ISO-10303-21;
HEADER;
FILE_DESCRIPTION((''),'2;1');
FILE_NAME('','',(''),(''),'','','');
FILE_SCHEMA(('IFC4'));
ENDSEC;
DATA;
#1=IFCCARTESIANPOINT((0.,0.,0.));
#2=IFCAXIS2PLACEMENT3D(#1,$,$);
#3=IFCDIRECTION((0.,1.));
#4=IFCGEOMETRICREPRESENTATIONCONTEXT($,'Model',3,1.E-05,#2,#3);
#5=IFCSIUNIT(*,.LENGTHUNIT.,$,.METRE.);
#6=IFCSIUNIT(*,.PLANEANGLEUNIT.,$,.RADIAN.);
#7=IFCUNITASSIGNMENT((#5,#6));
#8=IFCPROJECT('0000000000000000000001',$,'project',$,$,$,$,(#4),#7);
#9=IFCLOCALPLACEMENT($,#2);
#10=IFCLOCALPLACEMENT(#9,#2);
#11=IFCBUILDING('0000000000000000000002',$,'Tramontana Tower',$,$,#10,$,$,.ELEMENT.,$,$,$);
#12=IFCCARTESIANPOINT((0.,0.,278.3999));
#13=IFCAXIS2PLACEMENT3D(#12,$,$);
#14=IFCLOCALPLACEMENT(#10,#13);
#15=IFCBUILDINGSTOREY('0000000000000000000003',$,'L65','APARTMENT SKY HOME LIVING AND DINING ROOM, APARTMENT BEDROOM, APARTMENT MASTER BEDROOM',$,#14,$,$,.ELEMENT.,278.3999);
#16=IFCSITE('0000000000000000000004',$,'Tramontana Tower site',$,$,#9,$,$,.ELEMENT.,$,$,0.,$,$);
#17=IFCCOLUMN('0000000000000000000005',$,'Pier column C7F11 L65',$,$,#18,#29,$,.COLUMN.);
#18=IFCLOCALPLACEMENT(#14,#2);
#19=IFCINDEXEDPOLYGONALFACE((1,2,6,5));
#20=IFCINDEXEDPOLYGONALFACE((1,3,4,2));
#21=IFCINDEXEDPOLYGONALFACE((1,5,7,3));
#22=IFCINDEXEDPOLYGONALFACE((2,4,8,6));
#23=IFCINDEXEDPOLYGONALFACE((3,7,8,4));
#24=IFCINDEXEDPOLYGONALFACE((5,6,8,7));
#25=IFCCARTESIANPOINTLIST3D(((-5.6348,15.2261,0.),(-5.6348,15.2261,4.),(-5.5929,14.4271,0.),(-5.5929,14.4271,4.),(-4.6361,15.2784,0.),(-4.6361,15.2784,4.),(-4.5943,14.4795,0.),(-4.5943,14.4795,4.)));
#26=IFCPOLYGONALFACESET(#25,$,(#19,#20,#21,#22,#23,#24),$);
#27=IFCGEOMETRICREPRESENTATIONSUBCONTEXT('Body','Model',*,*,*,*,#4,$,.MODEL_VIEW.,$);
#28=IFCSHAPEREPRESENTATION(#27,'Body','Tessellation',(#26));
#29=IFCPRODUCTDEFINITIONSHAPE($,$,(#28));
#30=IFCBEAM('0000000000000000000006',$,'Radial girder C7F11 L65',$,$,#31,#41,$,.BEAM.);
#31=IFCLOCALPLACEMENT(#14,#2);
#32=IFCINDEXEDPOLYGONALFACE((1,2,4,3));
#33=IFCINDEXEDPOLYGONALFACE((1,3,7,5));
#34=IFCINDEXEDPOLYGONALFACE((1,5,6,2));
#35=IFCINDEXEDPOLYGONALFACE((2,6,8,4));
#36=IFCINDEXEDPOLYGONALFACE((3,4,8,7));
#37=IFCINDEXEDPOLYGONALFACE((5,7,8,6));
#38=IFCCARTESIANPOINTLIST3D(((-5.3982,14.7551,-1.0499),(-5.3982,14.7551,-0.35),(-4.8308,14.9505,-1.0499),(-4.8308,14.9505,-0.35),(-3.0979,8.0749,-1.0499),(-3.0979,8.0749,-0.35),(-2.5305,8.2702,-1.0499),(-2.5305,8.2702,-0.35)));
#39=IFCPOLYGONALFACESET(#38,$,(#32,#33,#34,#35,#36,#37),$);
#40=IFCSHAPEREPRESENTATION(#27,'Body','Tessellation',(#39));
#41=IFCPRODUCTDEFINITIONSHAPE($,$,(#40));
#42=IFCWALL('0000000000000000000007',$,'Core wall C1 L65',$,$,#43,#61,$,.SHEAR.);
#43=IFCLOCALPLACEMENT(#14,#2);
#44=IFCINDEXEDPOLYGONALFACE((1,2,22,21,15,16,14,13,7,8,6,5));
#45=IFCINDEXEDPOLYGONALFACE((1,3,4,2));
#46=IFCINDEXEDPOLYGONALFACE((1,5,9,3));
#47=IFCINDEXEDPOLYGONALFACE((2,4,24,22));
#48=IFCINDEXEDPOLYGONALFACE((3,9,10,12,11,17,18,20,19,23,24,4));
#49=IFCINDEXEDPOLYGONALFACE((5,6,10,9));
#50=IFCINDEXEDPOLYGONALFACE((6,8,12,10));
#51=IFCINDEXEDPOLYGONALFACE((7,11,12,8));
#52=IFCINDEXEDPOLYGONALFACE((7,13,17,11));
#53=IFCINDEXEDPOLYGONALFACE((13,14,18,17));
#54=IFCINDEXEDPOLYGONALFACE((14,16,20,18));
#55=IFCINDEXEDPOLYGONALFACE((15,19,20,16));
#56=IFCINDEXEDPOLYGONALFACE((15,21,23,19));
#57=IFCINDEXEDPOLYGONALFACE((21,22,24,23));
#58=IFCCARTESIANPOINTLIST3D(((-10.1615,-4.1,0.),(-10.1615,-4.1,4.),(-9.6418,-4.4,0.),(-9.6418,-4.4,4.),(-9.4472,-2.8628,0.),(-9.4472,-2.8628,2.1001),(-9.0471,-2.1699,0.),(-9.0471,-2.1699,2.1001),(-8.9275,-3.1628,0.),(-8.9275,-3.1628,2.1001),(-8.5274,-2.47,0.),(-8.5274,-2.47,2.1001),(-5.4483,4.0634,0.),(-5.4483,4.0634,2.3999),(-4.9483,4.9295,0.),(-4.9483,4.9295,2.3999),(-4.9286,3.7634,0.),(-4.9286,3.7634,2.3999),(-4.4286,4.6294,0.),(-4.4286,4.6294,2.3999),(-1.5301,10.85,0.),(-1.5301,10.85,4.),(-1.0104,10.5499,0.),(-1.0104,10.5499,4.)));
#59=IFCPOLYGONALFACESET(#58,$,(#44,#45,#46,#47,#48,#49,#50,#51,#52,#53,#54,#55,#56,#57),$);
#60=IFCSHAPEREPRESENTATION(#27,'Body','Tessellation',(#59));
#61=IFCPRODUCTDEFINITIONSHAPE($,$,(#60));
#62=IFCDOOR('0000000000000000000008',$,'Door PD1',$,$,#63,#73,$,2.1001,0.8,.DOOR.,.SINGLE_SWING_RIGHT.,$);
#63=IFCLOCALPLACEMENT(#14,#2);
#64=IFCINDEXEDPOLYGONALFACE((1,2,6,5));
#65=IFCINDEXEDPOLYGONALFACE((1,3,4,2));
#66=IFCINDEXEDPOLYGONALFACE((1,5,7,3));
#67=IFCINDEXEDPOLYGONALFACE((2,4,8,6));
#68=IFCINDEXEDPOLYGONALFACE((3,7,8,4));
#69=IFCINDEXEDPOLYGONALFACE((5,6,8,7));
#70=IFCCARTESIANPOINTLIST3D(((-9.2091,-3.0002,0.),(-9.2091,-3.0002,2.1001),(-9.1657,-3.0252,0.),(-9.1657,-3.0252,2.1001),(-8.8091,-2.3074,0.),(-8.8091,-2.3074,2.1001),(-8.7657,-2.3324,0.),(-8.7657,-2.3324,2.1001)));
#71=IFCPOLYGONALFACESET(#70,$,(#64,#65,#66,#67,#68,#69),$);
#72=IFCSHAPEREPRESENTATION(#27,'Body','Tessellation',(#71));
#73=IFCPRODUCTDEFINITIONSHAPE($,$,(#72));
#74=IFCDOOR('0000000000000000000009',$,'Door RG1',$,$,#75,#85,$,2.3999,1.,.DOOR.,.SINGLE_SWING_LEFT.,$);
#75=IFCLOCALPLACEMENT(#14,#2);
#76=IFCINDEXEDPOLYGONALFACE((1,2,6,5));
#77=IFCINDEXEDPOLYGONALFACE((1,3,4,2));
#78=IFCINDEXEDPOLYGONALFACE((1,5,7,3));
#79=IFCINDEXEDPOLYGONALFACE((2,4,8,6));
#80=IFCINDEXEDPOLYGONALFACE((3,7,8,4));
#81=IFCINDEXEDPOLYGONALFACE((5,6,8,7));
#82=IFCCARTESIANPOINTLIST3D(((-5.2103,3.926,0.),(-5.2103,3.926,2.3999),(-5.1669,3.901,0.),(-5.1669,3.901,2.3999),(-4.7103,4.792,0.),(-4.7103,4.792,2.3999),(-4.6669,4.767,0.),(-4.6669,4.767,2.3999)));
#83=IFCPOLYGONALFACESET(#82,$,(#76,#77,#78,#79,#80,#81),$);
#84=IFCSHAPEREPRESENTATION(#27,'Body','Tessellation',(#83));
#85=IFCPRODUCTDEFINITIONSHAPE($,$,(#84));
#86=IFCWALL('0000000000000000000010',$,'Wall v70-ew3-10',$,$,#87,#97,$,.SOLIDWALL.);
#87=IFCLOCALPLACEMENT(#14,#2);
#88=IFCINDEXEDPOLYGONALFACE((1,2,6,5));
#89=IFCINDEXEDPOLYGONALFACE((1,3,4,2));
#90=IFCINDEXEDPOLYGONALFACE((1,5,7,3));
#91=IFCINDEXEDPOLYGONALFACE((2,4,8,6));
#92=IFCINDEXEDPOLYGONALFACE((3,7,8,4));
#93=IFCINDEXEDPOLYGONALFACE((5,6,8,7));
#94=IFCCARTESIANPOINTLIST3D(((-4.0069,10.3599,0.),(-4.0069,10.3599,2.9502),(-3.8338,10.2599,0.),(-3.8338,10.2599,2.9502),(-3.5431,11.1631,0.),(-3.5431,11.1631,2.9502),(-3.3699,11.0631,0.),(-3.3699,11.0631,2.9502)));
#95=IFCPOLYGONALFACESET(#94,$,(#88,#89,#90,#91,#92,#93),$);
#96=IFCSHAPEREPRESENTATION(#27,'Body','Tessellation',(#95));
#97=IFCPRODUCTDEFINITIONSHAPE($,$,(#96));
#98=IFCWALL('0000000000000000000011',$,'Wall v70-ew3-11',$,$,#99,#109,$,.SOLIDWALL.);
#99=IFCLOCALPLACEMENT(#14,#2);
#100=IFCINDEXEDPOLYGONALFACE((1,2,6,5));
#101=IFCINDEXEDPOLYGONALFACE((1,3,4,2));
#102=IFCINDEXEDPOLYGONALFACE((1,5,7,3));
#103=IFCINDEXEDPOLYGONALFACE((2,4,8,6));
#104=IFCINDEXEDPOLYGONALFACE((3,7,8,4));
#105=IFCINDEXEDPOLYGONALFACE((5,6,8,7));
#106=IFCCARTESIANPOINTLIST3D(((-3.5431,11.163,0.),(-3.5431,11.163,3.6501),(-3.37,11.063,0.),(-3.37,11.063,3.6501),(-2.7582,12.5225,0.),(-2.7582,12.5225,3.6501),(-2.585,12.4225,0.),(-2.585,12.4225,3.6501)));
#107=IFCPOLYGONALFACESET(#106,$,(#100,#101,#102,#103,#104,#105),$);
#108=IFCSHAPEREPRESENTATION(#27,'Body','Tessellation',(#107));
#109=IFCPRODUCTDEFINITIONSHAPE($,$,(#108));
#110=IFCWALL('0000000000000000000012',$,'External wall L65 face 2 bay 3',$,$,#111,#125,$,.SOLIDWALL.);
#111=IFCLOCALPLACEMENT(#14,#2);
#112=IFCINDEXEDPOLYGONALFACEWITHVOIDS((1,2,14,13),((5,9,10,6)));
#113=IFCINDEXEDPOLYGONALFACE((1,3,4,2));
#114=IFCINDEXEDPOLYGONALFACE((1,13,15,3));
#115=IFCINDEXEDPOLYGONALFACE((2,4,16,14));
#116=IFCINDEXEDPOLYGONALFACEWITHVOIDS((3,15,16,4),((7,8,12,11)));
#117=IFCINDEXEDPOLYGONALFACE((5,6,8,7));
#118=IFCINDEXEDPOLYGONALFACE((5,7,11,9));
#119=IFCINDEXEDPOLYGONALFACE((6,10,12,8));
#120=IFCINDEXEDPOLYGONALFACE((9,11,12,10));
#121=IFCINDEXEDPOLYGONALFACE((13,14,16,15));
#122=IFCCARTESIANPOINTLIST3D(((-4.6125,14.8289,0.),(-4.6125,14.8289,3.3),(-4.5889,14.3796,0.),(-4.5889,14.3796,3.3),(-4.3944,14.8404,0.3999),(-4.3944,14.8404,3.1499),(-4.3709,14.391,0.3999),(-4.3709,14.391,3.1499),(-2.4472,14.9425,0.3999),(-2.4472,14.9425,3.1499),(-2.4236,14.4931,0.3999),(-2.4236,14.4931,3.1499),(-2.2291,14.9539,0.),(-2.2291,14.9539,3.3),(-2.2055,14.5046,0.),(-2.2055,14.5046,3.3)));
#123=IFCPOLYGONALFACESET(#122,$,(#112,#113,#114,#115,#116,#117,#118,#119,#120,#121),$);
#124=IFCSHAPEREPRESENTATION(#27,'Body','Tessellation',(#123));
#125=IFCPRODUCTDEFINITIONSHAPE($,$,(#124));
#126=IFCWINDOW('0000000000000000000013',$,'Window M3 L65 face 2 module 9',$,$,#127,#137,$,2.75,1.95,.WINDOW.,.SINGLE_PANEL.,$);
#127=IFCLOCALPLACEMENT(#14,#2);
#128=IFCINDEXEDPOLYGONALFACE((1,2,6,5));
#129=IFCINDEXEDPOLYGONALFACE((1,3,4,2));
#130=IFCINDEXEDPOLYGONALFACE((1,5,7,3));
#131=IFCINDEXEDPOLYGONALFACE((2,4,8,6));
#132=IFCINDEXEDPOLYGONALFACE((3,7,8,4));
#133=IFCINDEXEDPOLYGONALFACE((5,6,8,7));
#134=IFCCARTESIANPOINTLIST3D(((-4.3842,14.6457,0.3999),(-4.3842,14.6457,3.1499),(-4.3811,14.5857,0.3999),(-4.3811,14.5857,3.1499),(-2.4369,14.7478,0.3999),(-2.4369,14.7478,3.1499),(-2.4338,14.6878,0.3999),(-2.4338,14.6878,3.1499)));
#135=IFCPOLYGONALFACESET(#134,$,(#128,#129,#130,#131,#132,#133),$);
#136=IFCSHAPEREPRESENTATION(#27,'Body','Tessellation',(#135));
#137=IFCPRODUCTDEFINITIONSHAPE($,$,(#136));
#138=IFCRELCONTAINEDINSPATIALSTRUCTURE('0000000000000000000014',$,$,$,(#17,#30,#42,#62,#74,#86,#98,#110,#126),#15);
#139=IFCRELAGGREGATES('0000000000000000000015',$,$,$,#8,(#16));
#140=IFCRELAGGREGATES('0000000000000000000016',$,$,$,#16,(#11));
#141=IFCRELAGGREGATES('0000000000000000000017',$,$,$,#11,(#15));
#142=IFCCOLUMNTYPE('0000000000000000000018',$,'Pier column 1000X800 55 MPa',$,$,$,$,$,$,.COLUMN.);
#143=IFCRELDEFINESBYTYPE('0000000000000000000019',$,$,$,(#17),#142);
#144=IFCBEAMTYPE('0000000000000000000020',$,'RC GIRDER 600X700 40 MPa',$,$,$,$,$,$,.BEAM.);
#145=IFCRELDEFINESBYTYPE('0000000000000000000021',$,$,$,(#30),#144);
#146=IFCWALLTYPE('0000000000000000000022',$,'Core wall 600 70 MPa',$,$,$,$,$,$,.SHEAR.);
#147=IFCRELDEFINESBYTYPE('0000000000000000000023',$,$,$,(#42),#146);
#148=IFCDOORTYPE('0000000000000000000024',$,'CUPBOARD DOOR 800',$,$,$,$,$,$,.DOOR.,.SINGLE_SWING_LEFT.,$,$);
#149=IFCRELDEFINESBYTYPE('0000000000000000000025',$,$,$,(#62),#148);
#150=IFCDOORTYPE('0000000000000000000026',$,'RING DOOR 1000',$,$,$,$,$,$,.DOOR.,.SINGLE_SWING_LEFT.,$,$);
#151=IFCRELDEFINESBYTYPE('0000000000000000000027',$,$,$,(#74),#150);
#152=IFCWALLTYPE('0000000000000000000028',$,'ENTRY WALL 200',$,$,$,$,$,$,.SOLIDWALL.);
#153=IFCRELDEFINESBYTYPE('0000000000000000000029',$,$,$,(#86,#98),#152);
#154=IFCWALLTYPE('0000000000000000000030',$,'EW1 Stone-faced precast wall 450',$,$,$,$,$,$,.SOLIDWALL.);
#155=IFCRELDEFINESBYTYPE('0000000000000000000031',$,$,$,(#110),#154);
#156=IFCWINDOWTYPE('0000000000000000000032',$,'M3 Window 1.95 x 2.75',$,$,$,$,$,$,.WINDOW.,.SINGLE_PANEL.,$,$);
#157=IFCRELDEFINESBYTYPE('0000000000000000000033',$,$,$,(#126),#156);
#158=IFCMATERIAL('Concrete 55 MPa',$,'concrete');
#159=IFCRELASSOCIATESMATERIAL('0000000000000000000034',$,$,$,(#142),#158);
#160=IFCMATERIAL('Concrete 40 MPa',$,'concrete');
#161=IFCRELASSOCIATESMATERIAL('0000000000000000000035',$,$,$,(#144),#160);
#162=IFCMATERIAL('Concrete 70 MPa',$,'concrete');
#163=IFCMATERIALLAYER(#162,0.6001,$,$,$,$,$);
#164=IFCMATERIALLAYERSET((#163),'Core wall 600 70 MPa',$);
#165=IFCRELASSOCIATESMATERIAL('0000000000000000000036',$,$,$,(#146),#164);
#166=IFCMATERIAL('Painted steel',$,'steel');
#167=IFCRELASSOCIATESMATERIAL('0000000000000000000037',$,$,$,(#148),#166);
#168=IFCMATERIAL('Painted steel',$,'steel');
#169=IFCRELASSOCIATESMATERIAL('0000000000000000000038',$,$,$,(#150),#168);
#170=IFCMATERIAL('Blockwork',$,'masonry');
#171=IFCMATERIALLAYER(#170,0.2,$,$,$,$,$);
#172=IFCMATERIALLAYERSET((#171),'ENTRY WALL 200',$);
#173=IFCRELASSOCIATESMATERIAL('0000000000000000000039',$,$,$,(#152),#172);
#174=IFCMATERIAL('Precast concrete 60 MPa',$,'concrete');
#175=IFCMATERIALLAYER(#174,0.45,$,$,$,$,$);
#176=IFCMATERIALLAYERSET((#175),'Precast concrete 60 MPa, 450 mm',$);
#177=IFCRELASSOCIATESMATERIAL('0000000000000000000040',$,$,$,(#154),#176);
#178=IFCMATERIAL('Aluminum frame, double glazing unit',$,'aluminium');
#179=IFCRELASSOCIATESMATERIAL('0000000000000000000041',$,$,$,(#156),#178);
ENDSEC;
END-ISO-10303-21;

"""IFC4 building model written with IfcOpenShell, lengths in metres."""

from ifc_helpers import new_model, si_unit, direction, frame, frame_2d, origin, origin_2d, place, context, subcontext, project, spatial, rectangle, extrude, material, layer, layer_set, material_profile, profile_set, type_object, element, fill, save


model = new_model("IFC4")

# Units and contexts
model_context = context("Model", 3, precision=1e-05, world=origin(), true_north=direction((0.0, 1.0)))
body_context = subcontext(model_context, "Body", "Model", "MODEL_VIEW")
ifc_project = project(units=[si_unit("LENGTHUNIT", "METRE"), si_unit("PLANEANGLEUNIT", "RADIAN")], contexts=[model_context])

# Site, building, storey
site_placement = place(None, origin())
site = spatial("IfcSite", under=ifc_project, at=site_placement, Name="Tramontana Tower site", CompositionType="ELEMENT", RefElevation=0.0)
building_placement = place(site_placement, origin())
building = spatial("IfcBuilding", under=site, at=building_placement, Name="Tramontana Tower", CompositionType="ELEMENT")
storey_placement = place(building_placement, frame((0.0, 0.0, 278.3999)))
storey = spatial("IfcBuildingStorey", under=building, at=storey_placement, Name="L65", Description="APARTMENT SKY HOME LIVING AND DINING ROOM, APARTMENT BEDROOM, APARTMENT MASTER BEDROOM", CompositionType="ELEMENT", Elevation=278.3999)

# Column
ifc_material_1 = material(Name="Concrete 55 MPa", Category="concrete")
ifc_material_profile_1 = material_profile(ifc_material_1, rectangle(XDim=1.0, YDim=0.8, at=origin_2d()), Name="Pier column 1000X800 55 MPa")
ifc_profile_set_1 = profile_set([ifc_material_profile_1], Name="Concrete 55 MPa")
column_type = type_object("IfcColumnType", Name="Pier column 1000X800 55 MPa", PredefinedType="COLUMN", material=ifc_profile_set_1)
column_placement = place(storey_placement, frame((-5.1145, 14.8528, 0.0), z_axis=(0.0, 0.0, 1.0), x_axis=(-0.99863, -0.052336, 0.0)))
element("IfcColumn", 1, at=column_placement, inside=storey, type_object=column_type, Name="Pier column C7F11 L65", PredefinedType="COLUMN", context=body_context, shape_type="SweptSolid", body=[
    extrude(rectangle(XDim=1.0, YDim=0.8, at=origin_2d()), origin(), (0.0, 0.0, 1.0), 4.0),
])

# Beam
ifc_material_2 = material(Name="Concrete 40 MPa", Category="concrete")
ifc_material_profile_2 = material_profile(ifc_material_2, rectangle(XDim=0.6001, YDim=0.7, at=origin_2d()), Name="RC GIRDER 600X700 40 MPa")
ifc_profile_set_2 = profile_set([ifc_material_profile_2], Name="Concrete 40 MPa")
beam_type = type_object("IfcBeamType", Name="RC GIRDER 600X700 40 MPa", PredefinedType="BEAM", material=ifc_profile_set_2)
beam_placement = place(storey_placement, frame((-5.1145, 14.8528, -0.7), z_axis=(0.325584, -0.945513, 0.0), x_axis=(0.945513, 0.325584, 0.0)))
element("IfcBeam", 2, at=beam_placement, inside=storey, type_object=beam_type, Name="Radial girder C7F11 L65", PredefinedType="BEAM", context=body_context, shape_type="SweptSolid", body=[
    extrude(rectangle(XDim=0.6001, YDim=0.7, at=origin_2d()), origin(), (0.0, 0.0, 1.0), 7.0652),
])

# Wall, openings, doors
ifc_material_3 = material(Name="Concrete 70 MPa", Category="concrete")
ifc_layer_1 = layer(ifc_material_3, 0.6001)
ifc_layer_set_1 = layer_set([ifc_layer_1], Name="Core wall 600 70 MPa")
wall_type_1 = type_object("IfcWallType", Name="Core wall 600 70 MPa", PredefinedType="SHEAR", material=ifc_layer_set_1)
wall_1_placement = place(storey_placement, frame((-1.2703, 10.7, 0.0), z_axis=(0.0, 0.0, 1.0), x_axis=(-0.5, -0.866026, 0.0)))
wall_1 = element("IfcWall", 3, at=wall_1_placement, inside=storey, type_object=wall_type_1, Name="Core wall C1 L65", PredefinedType="SHEAR", context=body_context, shape_type="SweptSolid", body=[
    extrude(rectangle(XDim=17.2627, YDim=0.6001, at=frame_2d((8.6313, 0.0))), origin(), (0.0, 0.0, 1.0), 4.0),
])
opening_1_placement = place(wall_1_placement, frame((6.8364, 0.0, 0.0)))
opening_1 = element("IfcOpeningElement", 4, at=opening_1_placement, cuts=wall_1, PredefinedType="OPENING", context=body_context, shape_type="SweptSolid", body=[
    extrude(rectangle(XDim=1.0, YDim=2.3999, at=frame_2d((0.5, 1.2))), frame((0.0, 0.3101, 0.0), z_axis=(0.0, -1.0, 0.0), x_axis=(1.0, 0.0, 0.0)), (0.0, 0.0, 1.0), 0.6201),
])
opening_2_placement = place(wall_1_placement, frame((15.0342, 0.0, 0.0)))
opening_2 = element("IfcOpeningElement", 5, at=opening_2_placement, cuts=wall_1, PredefinedType="OPENING", context=body_context, shape_type="SweptSolid", body=[
    extrude(rectangle(XDim=0.8, YDim=2.1001, at=frame_2d((0.3999, 1.05))), frame((0.0, 0.3101, 0.0), z_axis=(0.0, -1.0, 0.0), x_axis=(1.0, 0.0, 0.0)), (0.0, 0.0, 1.0), 0.6201),
])
ifc_material_4 = material(Name="Painted steel", Category="steel")
door_type_1 = type_object("IfcDoorType", Name="CUPBOARD DOOR 800", OperationType="SINGLE_SWING_LEFT", PredefinedType="DOOR", material=ifc_material_4)
door_1_placement = place(opening_2_placement, origin())
door_1 = element("IfcDoor", 6, at=door_1_placement, inside=storey, type_object=door_type_1, Name="Door PD1", OperationType="SINGLE_SWING_RIGHT", OverallHeight=2.1001, OverallWidth=0.8, PredefinedType="DOOR", context=body_context, shape_type="SweptSolid", body=[
    extrude(rectangle(XDim=0.8, YDim=2.1001, at=frame_2d((0.3999, 1.05))), frame((0.0, 0.0249, 0.0), z_axis=(0.0, -1.0, 0.0), x_axis=(1.0, 0.0, 0.0)), (0.0, 0.0, 1.0), 0.05),
])
fill(opening_2, door_1)
ifc_material_5 = material(Name="Painted steel", Category="steel")
door_type_2 = type_object("IfcDoorType", Name="RING DOOR 1000", OperationType="SINGLE_SWING_LEFT", PredefinedType="DOOR", material=ifc_material_5)
door_2_placement = place(opening_1_placement, origin())
door_2 = element("IfcDoor", 7, at=door_2_placement, inside=storey, type_object=door_type_2, Name="Door RG1", OperationType="SINGLE_SWING_LEFT", OverallHeight=2.3999, OverallWidth=1.0, PredefinedType="DOOR", context=body_context, shape_type="SweptSolid", body=[
    extrude(rectangle(XDim=1.0, YDim=2.3999, at=frame_2d((0.5, 1.2))), frame((0.0, 0.0249, 0.0), z_axis=(0.0, -1.0, 0.0), x_axis=(1.0, 0.0, 0.0)), (0.0, 0.0, 1.0), 0.05),
])
fill(opening_1, door_2)

# Walls
ifc_material_6 = material(Name="Blockwork", Category="masonry")
ifc_layer_2 = layer(ifc_material_6, 0.2)
ifc_layer_set_2 = layer_set([ifc_layer_2], Name="ENTRY WALL 200")
wall_type_2 = type_object("IfcWallType", Name="ENTRY WALL 200", PredefinedType="SOLIDWALL", material=ifc_layer_set_2)
wall_2_placement = place(storey_placement, frame((-3.9204, 10.3098, 0.0), z_axis=(0.0, 0.0, 1.0), x_axis=(0.500102, 0.865966, 0.0)))
element("IfcWall", 8, at=wall_2_placement, inside=storey, type_object=wall_type_2, Name="Wall v70-ew3-10", PredefinedType="SOLIDWALL", context=body_context, shape_type="SweptSolid", body=[
    extrude(rectangle(XDim=0.9275, YDim=0.2, at=frame_2d((0.4639, 0.0))), origin(), (0.0, 0.0, 1.0), 2.9502),
])
wall_3_placement = place(storey_placement, frame((-3.4565, 11.113, 0.0), z_axis=(0.0, 0.0, 1.0), x_axis=(0.500037, 0.866004, 0.0)))
element("IfcWall", 9, at=wall_3_placement, inside=storey, type_object=wall_type_2, Name="Wall v70-ew3-11", PredefinedType="SOLIDWALL", context=body_context, shape_type="SweptSolid", body=[
    extrude(rectangle(XDim=1.5698, YDim=0.2, at=frame_2d((0.7849, 0.0))), origin(), (0.0, 0.0, 1.0), 3.6501),
])

# Wall, opening, window
ifc_material_7 = material(Name="Precast concrete 60 MPa", Category="concrete")
ifc_layer_3 = layer(ifc_material_7, 0.45)
ifc_layer_set_3 = layer_set([ifc_layer_3], Name="Precast concrete 60 MPa, 450 mm")
wall_type_3 = type_object("IfcWallType", Name="EW1 Stone-faced precast wall 450", PredefinedType="SOLIDWALL", material=ifc_layer_set_3)
wall_4_placement = place(storey_placement, frame((-2.2173, 14.7292, 0.0), z_axis=(0.0, 0.0, 1.0), x_axis=(-0.998628, -0.052371, 0.0)))
wall_4 = element("IfcWall", 10, at=wall_4_placement, inside=storey, type_object=wall_type_3, Name="External wall L65 face 2 bay 3", PredefinedType="SOLIDWALL", context=body_context, shape_type="SweptSolid", body=[
    extrude(rectangle(XDim=2.3867, YDim=0.45, at=frame_2d((1.1934, 0.0))), origin(), (0.0, 0.0, 1.0), 3.3),
])
opening_3_placement = place(wall_4_placement, frame((0.2183, 0.0, 0.3999)))
opening_3 = element("IfcOpeningElement", 11, at=opening_3_placement, cuts=wall_4, PredefinedType="OPENING", context=body_context, shape_type="SweptSolid", body=[
    extrude(rectangle(XDim=1.95, YDim=2.75, at=frame_2d((0.9751, 1.375))), frame((0.0, 0.2349, 0.0), z_axis=(0.0, -1.0, 0.0), x_axis=(1.0, 0.0, 0.0)), (0.0, 0.0, 1.0), 0.47),
])
ifc_material_8 = material(Name="Aluminum frame, double glazing unit", Category="aluminium")
window_type_1 = type_object("IfcWindowType", Name="M3 Window 1.95 x 2.75", PartitioningType="SINGLE_PANEL", PredefinedType="WINDOW", material=ifc_material_8)
window_1_placement = place(opening_3_placement, origin())
window_1 = element("IfcWindow", 12, at=window_1_placement, inside=storey, type_object=window_type_1, Name="Window M3 L65 face 2 module 9", OverallHeight=2.75, OverallWidth=1.95, PartitioningType="SINGLE_PANEL", PredefinedType="WINDOW", context=body_context, shape_type="SweptSolid", body=[
    extrude(rectangle(XDim=1.95, YDim=2.75, at=frame_2d((0.9751, 1.375))), frame((0.0, 0.03, 0.0), z_axis=(0.0, -1.0, 0.0), x_axis=(1.0, 0.0, 0.0)), (0.0, 0.0, 1.0), 0.0601),
])
fill(opening_3, window_1)

save(model, "model.ifc")
